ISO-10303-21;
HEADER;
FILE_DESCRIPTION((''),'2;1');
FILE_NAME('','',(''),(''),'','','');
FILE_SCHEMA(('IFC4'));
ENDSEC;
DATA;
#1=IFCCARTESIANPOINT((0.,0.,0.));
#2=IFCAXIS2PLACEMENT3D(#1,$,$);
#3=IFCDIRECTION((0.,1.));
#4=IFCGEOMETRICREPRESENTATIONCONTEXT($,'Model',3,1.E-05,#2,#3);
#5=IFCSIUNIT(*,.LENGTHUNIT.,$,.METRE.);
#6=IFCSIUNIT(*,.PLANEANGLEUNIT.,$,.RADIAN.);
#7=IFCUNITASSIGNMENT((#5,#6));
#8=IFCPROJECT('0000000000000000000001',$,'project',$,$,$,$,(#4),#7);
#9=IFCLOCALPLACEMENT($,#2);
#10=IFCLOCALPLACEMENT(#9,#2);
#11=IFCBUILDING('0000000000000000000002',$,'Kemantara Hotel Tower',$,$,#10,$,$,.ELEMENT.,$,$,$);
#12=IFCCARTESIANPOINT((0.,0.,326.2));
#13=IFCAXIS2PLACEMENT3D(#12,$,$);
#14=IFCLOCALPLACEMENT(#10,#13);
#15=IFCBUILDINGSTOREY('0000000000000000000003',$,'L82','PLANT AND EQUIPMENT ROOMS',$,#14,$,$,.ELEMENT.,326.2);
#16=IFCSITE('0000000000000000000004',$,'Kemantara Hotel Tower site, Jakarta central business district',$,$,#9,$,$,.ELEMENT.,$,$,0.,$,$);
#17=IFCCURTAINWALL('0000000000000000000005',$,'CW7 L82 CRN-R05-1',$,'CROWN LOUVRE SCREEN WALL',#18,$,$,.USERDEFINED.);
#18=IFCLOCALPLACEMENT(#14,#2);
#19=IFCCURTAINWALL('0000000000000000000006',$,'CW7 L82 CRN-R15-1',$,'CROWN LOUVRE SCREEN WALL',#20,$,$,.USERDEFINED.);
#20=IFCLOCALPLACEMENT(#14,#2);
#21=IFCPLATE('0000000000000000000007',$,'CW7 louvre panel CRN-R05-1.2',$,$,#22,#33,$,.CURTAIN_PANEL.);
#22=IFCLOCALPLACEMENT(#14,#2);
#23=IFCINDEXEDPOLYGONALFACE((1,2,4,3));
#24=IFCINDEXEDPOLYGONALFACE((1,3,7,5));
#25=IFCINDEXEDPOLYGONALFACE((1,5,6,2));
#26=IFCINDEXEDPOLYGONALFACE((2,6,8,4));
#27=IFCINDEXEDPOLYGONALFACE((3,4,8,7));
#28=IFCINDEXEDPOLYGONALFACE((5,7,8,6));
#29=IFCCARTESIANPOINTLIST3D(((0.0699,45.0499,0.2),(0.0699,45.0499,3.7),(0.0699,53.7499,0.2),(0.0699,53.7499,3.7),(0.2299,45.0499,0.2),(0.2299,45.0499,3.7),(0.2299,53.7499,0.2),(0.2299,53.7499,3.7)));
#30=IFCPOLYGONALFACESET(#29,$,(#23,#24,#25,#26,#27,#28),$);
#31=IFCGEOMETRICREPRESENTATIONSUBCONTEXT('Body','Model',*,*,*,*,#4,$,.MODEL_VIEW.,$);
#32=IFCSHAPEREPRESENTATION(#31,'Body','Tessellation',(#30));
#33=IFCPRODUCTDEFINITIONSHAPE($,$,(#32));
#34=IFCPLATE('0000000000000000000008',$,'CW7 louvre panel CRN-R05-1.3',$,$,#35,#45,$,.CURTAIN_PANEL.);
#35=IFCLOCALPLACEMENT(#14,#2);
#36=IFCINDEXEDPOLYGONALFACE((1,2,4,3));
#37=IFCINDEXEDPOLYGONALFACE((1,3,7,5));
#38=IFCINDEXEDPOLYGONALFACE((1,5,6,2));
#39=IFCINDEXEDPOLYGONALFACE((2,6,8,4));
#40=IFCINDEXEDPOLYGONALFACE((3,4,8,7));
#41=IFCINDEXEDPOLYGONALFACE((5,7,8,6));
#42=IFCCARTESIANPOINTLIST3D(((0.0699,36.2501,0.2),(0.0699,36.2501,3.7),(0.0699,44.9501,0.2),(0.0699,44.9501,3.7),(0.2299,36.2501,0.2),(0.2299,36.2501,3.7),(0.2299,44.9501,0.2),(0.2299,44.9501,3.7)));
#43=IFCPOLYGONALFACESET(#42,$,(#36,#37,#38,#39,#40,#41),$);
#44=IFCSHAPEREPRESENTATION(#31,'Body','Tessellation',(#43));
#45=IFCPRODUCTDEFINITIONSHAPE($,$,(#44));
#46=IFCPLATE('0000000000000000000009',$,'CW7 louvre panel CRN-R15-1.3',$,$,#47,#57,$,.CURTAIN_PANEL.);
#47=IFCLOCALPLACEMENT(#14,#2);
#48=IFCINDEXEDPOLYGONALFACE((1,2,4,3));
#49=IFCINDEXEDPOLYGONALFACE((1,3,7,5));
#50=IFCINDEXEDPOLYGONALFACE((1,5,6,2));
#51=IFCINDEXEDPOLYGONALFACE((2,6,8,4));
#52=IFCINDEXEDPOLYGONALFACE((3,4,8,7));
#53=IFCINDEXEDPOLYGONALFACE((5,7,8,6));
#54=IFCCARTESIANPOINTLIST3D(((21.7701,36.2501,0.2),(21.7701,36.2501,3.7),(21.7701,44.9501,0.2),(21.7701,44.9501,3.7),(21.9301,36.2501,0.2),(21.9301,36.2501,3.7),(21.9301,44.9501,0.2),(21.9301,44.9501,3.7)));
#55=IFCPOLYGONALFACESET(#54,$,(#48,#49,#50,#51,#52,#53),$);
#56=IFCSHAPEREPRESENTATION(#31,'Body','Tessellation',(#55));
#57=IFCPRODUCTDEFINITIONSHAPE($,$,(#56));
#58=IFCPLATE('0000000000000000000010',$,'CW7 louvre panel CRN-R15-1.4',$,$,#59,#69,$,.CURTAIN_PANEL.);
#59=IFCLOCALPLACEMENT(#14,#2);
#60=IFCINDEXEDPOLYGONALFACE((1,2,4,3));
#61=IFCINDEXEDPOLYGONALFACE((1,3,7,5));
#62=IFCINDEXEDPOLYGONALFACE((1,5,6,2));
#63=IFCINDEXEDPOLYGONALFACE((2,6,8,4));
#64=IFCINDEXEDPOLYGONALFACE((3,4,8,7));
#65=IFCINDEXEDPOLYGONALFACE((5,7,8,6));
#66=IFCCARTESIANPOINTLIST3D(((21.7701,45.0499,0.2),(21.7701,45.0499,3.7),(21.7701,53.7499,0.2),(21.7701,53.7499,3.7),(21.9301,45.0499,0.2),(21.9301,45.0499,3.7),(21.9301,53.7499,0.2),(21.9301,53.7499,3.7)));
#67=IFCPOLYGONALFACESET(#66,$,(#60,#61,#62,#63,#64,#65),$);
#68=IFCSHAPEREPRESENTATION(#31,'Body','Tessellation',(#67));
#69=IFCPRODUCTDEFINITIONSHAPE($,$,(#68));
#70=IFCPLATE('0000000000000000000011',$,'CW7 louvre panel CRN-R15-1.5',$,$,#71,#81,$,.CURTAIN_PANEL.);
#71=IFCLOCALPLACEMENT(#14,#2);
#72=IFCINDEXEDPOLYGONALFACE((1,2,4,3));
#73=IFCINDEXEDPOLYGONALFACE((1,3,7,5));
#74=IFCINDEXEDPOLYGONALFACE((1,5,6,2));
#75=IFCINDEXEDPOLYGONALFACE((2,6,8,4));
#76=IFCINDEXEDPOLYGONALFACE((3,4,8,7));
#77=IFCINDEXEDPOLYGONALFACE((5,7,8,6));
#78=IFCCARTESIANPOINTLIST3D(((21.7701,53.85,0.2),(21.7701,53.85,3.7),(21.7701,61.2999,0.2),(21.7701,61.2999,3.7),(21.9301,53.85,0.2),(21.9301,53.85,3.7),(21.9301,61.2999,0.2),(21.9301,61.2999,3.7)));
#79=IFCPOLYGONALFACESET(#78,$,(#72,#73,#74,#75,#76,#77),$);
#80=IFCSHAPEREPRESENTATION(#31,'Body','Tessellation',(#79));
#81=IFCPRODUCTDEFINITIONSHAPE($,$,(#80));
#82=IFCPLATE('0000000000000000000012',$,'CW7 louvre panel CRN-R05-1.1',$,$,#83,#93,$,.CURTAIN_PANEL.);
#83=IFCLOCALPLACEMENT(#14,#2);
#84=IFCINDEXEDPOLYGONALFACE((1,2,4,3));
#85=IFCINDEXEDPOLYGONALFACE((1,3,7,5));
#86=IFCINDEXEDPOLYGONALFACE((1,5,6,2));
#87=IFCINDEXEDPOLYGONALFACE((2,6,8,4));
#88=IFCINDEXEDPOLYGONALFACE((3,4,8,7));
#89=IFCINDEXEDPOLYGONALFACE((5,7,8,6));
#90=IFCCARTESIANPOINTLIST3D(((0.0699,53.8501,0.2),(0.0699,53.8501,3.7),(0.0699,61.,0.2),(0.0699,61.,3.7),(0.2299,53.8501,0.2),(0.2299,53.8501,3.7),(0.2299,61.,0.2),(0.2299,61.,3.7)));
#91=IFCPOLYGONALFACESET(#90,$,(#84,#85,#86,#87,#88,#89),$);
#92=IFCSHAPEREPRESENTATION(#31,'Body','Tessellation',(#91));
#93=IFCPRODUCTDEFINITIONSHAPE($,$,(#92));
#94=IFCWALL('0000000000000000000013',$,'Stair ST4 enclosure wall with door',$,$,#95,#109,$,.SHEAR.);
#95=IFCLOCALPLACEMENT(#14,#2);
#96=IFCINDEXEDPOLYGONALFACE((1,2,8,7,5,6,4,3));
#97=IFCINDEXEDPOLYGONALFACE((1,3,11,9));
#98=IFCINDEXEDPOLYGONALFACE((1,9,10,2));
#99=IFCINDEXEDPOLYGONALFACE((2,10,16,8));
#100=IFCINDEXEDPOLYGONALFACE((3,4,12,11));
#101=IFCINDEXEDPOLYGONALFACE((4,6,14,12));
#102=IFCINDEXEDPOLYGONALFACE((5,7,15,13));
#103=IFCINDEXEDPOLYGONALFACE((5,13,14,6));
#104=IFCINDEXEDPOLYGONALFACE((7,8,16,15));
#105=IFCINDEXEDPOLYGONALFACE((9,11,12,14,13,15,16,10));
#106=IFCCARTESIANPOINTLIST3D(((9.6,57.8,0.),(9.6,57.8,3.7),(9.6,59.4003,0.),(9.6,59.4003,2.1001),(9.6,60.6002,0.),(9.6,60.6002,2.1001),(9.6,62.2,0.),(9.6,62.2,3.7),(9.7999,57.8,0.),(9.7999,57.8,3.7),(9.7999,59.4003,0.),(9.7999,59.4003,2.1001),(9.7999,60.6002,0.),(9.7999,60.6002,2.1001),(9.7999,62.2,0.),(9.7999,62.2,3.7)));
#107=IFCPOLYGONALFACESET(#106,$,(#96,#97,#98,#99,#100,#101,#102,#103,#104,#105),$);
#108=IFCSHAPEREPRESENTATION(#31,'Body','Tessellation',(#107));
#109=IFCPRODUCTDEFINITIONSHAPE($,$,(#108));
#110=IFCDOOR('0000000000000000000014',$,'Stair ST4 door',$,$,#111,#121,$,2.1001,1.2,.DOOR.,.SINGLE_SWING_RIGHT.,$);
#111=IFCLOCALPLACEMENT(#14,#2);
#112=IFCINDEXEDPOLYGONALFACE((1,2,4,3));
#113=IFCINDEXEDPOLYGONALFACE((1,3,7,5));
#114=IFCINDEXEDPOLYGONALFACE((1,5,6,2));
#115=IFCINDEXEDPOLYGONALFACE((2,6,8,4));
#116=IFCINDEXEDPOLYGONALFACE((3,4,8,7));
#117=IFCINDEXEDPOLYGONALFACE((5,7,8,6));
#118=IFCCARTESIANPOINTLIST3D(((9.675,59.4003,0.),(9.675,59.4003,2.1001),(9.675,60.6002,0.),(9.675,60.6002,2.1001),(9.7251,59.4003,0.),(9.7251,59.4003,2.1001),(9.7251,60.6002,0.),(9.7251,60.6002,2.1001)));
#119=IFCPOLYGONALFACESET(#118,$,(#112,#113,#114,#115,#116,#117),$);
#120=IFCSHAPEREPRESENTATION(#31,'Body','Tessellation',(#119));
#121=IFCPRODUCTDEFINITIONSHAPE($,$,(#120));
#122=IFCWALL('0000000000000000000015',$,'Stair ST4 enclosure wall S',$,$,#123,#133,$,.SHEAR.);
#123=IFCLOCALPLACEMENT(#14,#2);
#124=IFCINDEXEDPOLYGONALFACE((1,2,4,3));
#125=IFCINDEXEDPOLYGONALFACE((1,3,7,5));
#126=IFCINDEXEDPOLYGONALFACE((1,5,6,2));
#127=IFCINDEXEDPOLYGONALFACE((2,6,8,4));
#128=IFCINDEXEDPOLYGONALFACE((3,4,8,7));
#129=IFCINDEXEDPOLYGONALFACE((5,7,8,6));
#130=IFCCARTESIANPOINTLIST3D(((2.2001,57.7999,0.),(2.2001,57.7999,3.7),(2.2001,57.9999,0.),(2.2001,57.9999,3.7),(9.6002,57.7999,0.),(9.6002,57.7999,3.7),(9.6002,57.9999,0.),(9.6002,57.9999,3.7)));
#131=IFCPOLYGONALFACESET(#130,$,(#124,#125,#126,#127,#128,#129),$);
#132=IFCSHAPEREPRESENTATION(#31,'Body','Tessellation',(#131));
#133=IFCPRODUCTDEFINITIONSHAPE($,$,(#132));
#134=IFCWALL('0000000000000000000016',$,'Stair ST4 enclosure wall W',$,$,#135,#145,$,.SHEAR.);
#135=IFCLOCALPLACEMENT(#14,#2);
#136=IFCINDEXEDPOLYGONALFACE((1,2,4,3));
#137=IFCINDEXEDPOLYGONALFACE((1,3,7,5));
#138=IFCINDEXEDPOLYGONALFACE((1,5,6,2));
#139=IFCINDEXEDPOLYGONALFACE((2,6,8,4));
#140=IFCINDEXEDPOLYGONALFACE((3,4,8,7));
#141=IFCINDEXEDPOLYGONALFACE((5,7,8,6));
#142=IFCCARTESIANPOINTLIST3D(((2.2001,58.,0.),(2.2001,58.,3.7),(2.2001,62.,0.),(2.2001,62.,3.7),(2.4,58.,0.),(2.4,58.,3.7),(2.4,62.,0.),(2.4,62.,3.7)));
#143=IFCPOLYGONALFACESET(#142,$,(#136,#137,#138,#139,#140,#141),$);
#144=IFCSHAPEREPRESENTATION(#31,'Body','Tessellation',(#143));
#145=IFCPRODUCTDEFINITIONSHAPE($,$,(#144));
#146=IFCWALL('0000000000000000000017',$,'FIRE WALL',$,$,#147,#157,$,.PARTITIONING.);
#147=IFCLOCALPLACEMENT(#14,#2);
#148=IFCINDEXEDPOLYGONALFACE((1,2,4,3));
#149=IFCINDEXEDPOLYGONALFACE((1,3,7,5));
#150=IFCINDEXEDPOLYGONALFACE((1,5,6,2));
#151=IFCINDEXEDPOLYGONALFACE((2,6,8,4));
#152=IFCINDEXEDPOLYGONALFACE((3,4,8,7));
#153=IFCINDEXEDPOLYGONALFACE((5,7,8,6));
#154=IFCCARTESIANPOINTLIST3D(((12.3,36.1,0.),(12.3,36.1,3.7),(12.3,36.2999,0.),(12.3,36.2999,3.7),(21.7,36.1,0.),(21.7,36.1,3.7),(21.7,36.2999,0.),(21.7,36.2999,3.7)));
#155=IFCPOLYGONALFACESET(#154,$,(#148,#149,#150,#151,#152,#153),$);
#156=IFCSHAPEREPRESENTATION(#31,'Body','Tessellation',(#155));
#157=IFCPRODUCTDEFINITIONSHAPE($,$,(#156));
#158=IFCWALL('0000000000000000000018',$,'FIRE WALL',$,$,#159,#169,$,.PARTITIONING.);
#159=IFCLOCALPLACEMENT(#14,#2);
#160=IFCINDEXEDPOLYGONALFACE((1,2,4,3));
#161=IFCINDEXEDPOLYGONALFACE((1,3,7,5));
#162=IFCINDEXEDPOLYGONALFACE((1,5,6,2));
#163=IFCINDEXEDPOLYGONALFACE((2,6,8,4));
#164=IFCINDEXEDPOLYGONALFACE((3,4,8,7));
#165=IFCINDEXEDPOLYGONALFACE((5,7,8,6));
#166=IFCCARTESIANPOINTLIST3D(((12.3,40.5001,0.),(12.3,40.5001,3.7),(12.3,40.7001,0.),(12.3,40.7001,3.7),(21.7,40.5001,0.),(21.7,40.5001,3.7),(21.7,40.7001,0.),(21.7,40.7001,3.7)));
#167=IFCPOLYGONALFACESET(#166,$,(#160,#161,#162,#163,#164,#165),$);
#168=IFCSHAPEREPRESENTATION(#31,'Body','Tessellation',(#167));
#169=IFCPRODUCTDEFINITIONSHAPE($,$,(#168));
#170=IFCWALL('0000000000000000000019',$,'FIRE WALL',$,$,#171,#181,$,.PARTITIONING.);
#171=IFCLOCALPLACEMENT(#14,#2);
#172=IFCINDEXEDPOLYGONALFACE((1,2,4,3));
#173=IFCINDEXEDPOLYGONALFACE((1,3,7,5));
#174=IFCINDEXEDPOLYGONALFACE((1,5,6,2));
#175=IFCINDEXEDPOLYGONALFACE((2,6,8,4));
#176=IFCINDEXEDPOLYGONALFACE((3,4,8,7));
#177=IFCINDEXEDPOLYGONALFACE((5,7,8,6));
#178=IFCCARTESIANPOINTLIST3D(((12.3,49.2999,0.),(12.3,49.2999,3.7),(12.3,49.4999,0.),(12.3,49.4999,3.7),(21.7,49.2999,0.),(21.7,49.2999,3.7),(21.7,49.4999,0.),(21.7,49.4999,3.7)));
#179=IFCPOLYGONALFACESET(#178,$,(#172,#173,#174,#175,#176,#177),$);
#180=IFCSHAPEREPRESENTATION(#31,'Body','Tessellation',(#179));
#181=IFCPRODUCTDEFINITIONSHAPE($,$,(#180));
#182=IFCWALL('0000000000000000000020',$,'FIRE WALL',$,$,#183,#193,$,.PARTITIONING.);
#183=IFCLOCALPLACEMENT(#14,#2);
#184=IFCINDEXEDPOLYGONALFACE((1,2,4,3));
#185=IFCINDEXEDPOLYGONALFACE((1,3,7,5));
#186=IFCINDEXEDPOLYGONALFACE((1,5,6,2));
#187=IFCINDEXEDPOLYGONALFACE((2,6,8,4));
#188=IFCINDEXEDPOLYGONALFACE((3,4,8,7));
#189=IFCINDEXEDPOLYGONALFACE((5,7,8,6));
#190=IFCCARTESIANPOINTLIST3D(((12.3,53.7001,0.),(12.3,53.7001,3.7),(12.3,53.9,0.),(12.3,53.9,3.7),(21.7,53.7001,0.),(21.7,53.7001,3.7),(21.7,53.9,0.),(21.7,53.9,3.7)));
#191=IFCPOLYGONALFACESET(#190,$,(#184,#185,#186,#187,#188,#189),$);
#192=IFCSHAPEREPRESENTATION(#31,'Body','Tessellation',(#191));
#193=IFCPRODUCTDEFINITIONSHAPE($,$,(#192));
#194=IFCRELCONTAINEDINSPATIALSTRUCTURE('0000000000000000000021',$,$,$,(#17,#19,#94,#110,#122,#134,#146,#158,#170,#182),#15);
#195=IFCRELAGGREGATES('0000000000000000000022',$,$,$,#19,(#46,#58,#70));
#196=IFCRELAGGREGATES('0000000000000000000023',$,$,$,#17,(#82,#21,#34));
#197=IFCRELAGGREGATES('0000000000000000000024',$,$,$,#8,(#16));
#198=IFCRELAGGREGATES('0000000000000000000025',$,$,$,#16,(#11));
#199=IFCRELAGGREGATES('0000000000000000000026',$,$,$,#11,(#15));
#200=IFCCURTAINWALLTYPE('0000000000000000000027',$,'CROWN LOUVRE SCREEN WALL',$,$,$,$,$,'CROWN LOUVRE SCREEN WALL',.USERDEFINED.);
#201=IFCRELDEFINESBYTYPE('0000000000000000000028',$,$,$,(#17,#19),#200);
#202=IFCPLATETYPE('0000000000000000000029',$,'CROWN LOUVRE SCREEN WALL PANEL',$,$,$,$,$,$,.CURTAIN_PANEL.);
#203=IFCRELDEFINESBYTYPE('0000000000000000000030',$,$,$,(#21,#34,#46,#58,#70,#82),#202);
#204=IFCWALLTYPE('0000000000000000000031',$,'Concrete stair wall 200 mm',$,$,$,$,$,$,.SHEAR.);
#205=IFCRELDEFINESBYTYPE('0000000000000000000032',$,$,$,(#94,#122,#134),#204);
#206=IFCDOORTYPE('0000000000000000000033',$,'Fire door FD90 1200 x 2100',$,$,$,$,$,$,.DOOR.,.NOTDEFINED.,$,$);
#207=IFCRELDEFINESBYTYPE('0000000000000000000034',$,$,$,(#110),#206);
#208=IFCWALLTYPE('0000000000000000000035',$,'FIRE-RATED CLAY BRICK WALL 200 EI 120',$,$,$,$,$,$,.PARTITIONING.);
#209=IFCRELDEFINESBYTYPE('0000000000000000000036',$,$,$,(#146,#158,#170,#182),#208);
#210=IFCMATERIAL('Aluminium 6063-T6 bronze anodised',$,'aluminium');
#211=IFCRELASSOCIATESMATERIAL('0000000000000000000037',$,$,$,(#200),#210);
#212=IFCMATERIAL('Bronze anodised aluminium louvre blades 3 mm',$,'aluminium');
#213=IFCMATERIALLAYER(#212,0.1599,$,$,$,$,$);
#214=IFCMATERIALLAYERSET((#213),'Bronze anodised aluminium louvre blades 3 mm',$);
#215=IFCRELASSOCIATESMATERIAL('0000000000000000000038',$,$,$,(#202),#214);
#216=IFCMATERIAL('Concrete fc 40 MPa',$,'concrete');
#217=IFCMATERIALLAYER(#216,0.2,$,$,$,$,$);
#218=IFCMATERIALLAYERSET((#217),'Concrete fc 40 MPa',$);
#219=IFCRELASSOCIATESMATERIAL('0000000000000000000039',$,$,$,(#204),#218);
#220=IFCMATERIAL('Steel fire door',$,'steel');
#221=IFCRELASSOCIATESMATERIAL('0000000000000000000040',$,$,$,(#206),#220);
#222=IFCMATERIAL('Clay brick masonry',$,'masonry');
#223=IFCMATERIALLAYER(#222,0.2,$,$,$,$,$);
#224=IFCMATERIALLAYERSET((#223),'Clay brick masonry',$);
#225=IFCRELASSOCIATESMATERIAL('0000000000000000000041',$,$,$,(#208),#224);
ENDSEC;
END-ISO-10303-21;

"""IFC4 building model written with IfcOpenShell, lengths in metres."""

from ifc_helpers import new_model, si_unit, direction, frame, frame_2d, origin, origin_2d, place, context, subcontext, project, spatial, rectangle, extrude, source, transform, mapped, material, layer, layer_set, type_object, element, fill, aggregate, save


model = new_model("IFC4")

# Units and contexts
model_context = context("Model", 3, precision=1e-05, world=origin(), true_north=direction((0.0, 1.0)))
body_context = subcontext(model_context, "Body", "Model", "MODEL_VIEW")
ifc_project = project(units=[si_unit("LENGTHUNIT", "METRE"), si_unit("PLANEANGLEUNIT", "RADIAN")], contexts=[model_context])

# Site, building, storey
site_placement = place(None, origin())
site = spatial("IfcSite", under=ifc_project, at=site_placement, Name="Kemantara Hotel Tower site, Jakarta central business district", CompositionType="ELEMENT", RefElevation=0.0)
building_placement = place(site_placement, origin())
building = spatial("IfcBuilding", under=site, at=building_placement, Name="Kemantara Hotel Tower", CompositionType="ELEMENT")
storey_placement = place(building_placement, frame((0.0, 0.0, 326.2)))
storey = spatial("IfcBuildingStorey", under=building, at=storey_placement, Name="L82", Description="PLANT AND EQUIPMENT ROOMS", CompositionType="ELEMENT", Elevation=326.2)

# Curtain walls
ifc_material_1 = material(Name="Aluminium 6063-T6 bronze anodised", Category="aluminium")
curtain_wall_type = type_object("IfcCurtainWallType", Name="CROWN LOUVRE SCREEN WALL", ElementType="CROWN LOUVRE SCREEN WALL", PredefinedType="USERDEFINED", material=ifc_material_1)
curtain_wall_1_placement = place(storey_placement, origin())
curtain_wall_1 = element("IfcCurtainWall", 1, at=curtain_wall_1_placement, inside=storey, type_object=curtain_wall_type, Name="CW7 L82 CRN-R05-1", ObjectType="CROWN LOUVRE SCREEN WALL", PredefinedType="USERDEFINED")
curtain_wall_2_placement = place(storey_placement, origin())
curtain_wall_2 = element("IfcCurtainWall", 2, at=curtain_wall_2_placement, inside=storey, type_object=curtain_wall_type, Name="CW7 L82 CRN-R15-1", ObjectType="CROWN LOUVRE SCREEN WALL", PredefinedType="USERDEFINED")

# Plates
ifc_material_2 = material(Name="Bronze anodised aluminium louvre blades 3 mm", Category="aluminium")
ifc_layer_1 = layer(ifc_material_2, 0.1599)
ifc_layer_set_1 = layer_set([ifc_layer_1], Name="Bronze anodised aluminium louvre blades 3 mm")
plate_type = type_object("IfcPlateType", Name="CROWN LOUVRE SCREEN WALL PANEL", PredefinedType="CURTAIN_PANEL", material=ifc_layer_set_1)
shared_shape_1 = source(origin(), body_context, "Body", "SweptSolid", [
    extrude(rectangle(XDim=8.7, YDim=0.1599, at=origin_2d()), origin(), (0.0, 0.0, 1.0), 3.5),
])
plate_1_placement = place(storey_placement, frame((0.1499, 49.3999, 0.2), z_axis=(0.0, 0.0, 1.0), x_axis=(0.0, -1.0, 0.0)))
plate_1 = element("IfcPlate", 3, at=plate_1_placement, type_object=plate_type, Name="CW7 louvre panel CRN-R05-1.2", PredefinedType="CURTAIN_PANEL", context=body_context, shape_type="MappedRepresentation", body=[
    mapped(shared_shape_1, transform((0.0, 0.0, 0.0))),
])
plate_2_placement = place(storey_placement, frame((0.1499, 40.6001, 0.2), z_axis=(0.0, 0.0, 1.0), x_axis=(0.0, -1.0, 0.0)))
plate_2 = element("IfcPlate", 4, at=plate_2_placement, type_object=plate_type, Name="CW7 louvre panel CRN-R05-1.3", PredefinedType="CURTAIN_PANEL", context=body_context, shape_type="MappedRepresentation", body=[
    mapped(shared_shape_1, transform((0.0, 0.0, 0.0))),
])
plate_3_placement = place(storey_placement, frame((21.8501, 40.6001, 0.2), z_axis=(0.0, 0.0, 1.0), x_axis=(0.0, 1.0, 0.0)))
plate_3 = element("IfcPlate", 5, at=plate_3_placement, type_object=plate_type, Name="CW7 louvre panel CRN-R15-1.3", PredefinedType="CURTAIN_PANEL", context=body_context, shape_type="MappedRepresentation", body=[
    mapped(shared_shape_1, transform((0.0, 0.0, 0.0))),
])
plate_4_placement = place(storey_placement, frame((21.8501, 49.3999, 0.2), z_axis=(0.0, 0.0, 1.0), x_axis=(0.0, 1.0, 0.0)))
plate_4 = element("IfcPlate", 6, at=plate_4_placement, type_object=plate_type, Name="CW7 louvre panel CRN-R15-1.4", PredefinedType="CURTAIN_PANEL", context=body_context, shape_type="MappedRepresentation", body=[
    mapped(shared_shape_1, transform((0.0, 0.0, 0.0))),
])
shared_shape_2 = source(origin(), body_context, "Body", "SweptSolid", [
    extrude(rectangle(XDim=7.45, YDim=0.1599, at=origin_2d()), origin(), (0.0, 0.0, 1.0), 3.5),
])
plate_5_placement = place(storey_placement, frame((21.8501, 57.575, 0.2), z_axis=(0.0, 0.0, 1.0), x_axis=(0.0, 1.0, 0.0)))
plate_5 = element("IfcPlate", 7, at=plate_5_placement, type_object=plate_type, Name="CW7 louvre panel CRN-R15-1.5", PredefinedType="CURTAIN_PANEL", context=body_context, shape_type="MappedRepresentation", body=[
    mapped(shared_shape_2, transform((0.0, 0.0, 0.0))),
])
aggregate(curtain_wall_2, [plate_3, plate_4, plate_5])
shared_shape_3 = source(origin(), body_context, "Body", "SweptSolid", [
    extrude(rectangle(XDim=7.1499, YDim=0.1599, at=origin_2d()), origin(), (0.0, 0.0, 1.0), 3.5),
])
plate_6_placement = place(storey_placement, frame((0.1499, 57.425, 0.2), z_axis=(0.0, 0.0, 1.0), x_axis=(0.0, -1.0, 0.0)))
plate_6 = element("IfcPlate", 8, at=plate_6_placement, type_object=plate_type, Name="CW7 louvre panel CRN-R05-1.1", PredefinedType="CURTAIN_PANEL", context=body_context, shape_type="MappedRepresentation", body=[
    mapped(shared_shape_3, transform((0.0, 0.0, 0.0))),
])
aggregate(curtain_wall_1, [plate_6, plate_1, plate_2])

# Wall, opening, door
ifc_material_3 = material(Name="Concrete fc 40 MPa", Category="concrete")
ifc_layer_2 = layer(ifc_material_3, 0.2)
ifc_layer_set_2 = layer_set([ifc_layer_2], Name="Concrete fc 40 MPa")
wall_type_1 = type_object("IfcWallType", Name="Concrete stair wall 200 mm", PredefinedType="SHEAR", material=ifc_layer_set_2)
wall_1_placement = place(storey_placement, frame((9.7, 57.8, 0.0), z_axis=(0.0, 0.0, 1.0), x_axis=(0.0, 1.0, 0.0)))
wall_1 = element("IfcWall", 9, at=wall_1_placement, inside=storey, type_object=wall_type_1, Name="Stair ST4 enclosure wall with door", PredefinedType="SHEAR", context=body_context, shape_type="SweptSolid", body=[
    extrude(rectangle(XDim=4.3999, YDim=0.2, at=frame_2d((2.2, 0.0))), origin(), (0.0, 0.0, 1.0), 3.7),
])
opening_placement = place(wall_1_placement, frame((1.6001, 0.0, 0.0)))
opening = element("IfcOpeningElement", 10, at=opening_placement, cuts=wall_1, PredefinedType="OPENING", context=body_context, shape_type="SweptSolid", body=[
    extrude(rectangle(XDim=1.2, YDim=2.1001, at=frame_2d((0.6001, 1.05))), frame((0.0, 0.1099, 0.0), z_axis=(0.0, -1.0, 0.0), x_axis=(1.0, 0.0, 0.0)), (0.0, 0.0, 1.0), 0.22),
])
ifc_material_4 = material(Name="Steel fire door", Category="steel")
door_type = type_object("IfcDoorType", Name="Fire door FD90 1200 x 2100", OperationType="NOTDEFINED", PredefinedType="DOOR", material=ifc_material_4)
door_placement = place(opening_placement, origin())
door = element("IfcDoor", 11, at=door_placement, inside=storey, type_object=door_type, Name="Stair ST4 door", OperationType="SINGLE_SWING_RIGHT", OverallHeight=2.1001, OverallWidth=1.2, PredefinedType="DOOR", context=body_context, shape_type="SweptSolid", body=[
    extrude(rectangle(XDim=1.2, YDim=2.1001, at=frame_2d((0.6001, 1.05))), frame((0.0, 0.0249, 0.0), z_axis=(0.0, -1.0, 0.0), x_axis=(1.0, 0.0, 0.0)), (0.0, 0.0, 1.0), 0.05),
])
fill(opening, door)

# Walls
wall_2_placement = place(storey_placement, frame((2.2, 57.8999, 0.0), z_axis=(0.0, 0.0, 1.0), x_axis=(1.0, 0.0, 0.0)))
element("IfcWall", 12, at=wall_2_placement, inside=storey, type_object=wall_type_1, Name="Stair ST4 enclosure wall S", PredefinedType="SHEAR", context=body_context, shape_type="SweptSolid", body=[
    extrude(rectangle(XDim=7.4001, YDim=0.2, at=frame_2d((3.7002, 0.0))), origin(), (0.0, 0.0, 1.0), 3.7),
])
wall_3_placement = place(storey_placement, frame((2.3, 58.0, 0.0), z_axis=(0.0, 0.0, 1.0), x_axis=(0.0, 1.0, 0.0)))
element("IfcWall", 13, at=wall_3_placement, inside=storey, type_object=wall_type_1, Name="Stair ST4 enclosure wall W", PredefinedType="SHEAR", context=body_context, shape_type="SweptSolid", body=[
    extrude(rectangle(XDim=4.0, YDim=0.2, at=frame_2d((2.0, 0.0))), origin(), (0.0, 0.0, 1.0), 3.7),
])
ifc_material_5 = material(Name="Clay brick masonry", Category="masonry")
ifc_layer_3 = layer(ifc_material_5, 0.2)
ifc_layer_set_3 = layer_set([ifc_layer_3], Name="Clay brick masonry")
wall_type_2 = type_object("IfcWallType", Name="FIRE-RATED CLAY BRICK WALL 200 EI 120", PredefinedType="PARTITIONING", material=ifc_layer_set_3)
for number, where, z_axis, x_axis, name in (
    (14, (12.3, 36.2, 0.0), (0.0, 0.0, 1.0), (1.0, 0.0, 0.0), "FIRE WALL"),
    (15, (12.3, 40.6001, 0.0), (0.0, 0.0, 1.0), (1.0, 0.0, 0.0), "FIRE WALL"),
    (16, (12.3, 49.3999, 0.0), (0.0, 0.0, 1.0), (1.0, 0.0, 0.0), "FIRE WALL"),
    (17, (12.3, 53.8, 0.0), (0.0, 0.0, 1.0), (1.0, 0.0, 0.0), "FIRE WALL"),
):
    element("IfcWall", number, at=place(storey_placement, frame(where, z_axis=z_axis, x_axis=x_axis)), inside=storey, type_object=wall_type_2, Name=name, PredefinedType="PARTITIONING", context=body_context, shape_type="SweptSolid", body=[
        extrude(rectangle(XDim=9.3999, YDim=0.2, at=frame_2d((4.7, 0.0))), origin(), (0.0, 0.0, 1.0), 3.7),
    ])

save(model, "model.ifc")
